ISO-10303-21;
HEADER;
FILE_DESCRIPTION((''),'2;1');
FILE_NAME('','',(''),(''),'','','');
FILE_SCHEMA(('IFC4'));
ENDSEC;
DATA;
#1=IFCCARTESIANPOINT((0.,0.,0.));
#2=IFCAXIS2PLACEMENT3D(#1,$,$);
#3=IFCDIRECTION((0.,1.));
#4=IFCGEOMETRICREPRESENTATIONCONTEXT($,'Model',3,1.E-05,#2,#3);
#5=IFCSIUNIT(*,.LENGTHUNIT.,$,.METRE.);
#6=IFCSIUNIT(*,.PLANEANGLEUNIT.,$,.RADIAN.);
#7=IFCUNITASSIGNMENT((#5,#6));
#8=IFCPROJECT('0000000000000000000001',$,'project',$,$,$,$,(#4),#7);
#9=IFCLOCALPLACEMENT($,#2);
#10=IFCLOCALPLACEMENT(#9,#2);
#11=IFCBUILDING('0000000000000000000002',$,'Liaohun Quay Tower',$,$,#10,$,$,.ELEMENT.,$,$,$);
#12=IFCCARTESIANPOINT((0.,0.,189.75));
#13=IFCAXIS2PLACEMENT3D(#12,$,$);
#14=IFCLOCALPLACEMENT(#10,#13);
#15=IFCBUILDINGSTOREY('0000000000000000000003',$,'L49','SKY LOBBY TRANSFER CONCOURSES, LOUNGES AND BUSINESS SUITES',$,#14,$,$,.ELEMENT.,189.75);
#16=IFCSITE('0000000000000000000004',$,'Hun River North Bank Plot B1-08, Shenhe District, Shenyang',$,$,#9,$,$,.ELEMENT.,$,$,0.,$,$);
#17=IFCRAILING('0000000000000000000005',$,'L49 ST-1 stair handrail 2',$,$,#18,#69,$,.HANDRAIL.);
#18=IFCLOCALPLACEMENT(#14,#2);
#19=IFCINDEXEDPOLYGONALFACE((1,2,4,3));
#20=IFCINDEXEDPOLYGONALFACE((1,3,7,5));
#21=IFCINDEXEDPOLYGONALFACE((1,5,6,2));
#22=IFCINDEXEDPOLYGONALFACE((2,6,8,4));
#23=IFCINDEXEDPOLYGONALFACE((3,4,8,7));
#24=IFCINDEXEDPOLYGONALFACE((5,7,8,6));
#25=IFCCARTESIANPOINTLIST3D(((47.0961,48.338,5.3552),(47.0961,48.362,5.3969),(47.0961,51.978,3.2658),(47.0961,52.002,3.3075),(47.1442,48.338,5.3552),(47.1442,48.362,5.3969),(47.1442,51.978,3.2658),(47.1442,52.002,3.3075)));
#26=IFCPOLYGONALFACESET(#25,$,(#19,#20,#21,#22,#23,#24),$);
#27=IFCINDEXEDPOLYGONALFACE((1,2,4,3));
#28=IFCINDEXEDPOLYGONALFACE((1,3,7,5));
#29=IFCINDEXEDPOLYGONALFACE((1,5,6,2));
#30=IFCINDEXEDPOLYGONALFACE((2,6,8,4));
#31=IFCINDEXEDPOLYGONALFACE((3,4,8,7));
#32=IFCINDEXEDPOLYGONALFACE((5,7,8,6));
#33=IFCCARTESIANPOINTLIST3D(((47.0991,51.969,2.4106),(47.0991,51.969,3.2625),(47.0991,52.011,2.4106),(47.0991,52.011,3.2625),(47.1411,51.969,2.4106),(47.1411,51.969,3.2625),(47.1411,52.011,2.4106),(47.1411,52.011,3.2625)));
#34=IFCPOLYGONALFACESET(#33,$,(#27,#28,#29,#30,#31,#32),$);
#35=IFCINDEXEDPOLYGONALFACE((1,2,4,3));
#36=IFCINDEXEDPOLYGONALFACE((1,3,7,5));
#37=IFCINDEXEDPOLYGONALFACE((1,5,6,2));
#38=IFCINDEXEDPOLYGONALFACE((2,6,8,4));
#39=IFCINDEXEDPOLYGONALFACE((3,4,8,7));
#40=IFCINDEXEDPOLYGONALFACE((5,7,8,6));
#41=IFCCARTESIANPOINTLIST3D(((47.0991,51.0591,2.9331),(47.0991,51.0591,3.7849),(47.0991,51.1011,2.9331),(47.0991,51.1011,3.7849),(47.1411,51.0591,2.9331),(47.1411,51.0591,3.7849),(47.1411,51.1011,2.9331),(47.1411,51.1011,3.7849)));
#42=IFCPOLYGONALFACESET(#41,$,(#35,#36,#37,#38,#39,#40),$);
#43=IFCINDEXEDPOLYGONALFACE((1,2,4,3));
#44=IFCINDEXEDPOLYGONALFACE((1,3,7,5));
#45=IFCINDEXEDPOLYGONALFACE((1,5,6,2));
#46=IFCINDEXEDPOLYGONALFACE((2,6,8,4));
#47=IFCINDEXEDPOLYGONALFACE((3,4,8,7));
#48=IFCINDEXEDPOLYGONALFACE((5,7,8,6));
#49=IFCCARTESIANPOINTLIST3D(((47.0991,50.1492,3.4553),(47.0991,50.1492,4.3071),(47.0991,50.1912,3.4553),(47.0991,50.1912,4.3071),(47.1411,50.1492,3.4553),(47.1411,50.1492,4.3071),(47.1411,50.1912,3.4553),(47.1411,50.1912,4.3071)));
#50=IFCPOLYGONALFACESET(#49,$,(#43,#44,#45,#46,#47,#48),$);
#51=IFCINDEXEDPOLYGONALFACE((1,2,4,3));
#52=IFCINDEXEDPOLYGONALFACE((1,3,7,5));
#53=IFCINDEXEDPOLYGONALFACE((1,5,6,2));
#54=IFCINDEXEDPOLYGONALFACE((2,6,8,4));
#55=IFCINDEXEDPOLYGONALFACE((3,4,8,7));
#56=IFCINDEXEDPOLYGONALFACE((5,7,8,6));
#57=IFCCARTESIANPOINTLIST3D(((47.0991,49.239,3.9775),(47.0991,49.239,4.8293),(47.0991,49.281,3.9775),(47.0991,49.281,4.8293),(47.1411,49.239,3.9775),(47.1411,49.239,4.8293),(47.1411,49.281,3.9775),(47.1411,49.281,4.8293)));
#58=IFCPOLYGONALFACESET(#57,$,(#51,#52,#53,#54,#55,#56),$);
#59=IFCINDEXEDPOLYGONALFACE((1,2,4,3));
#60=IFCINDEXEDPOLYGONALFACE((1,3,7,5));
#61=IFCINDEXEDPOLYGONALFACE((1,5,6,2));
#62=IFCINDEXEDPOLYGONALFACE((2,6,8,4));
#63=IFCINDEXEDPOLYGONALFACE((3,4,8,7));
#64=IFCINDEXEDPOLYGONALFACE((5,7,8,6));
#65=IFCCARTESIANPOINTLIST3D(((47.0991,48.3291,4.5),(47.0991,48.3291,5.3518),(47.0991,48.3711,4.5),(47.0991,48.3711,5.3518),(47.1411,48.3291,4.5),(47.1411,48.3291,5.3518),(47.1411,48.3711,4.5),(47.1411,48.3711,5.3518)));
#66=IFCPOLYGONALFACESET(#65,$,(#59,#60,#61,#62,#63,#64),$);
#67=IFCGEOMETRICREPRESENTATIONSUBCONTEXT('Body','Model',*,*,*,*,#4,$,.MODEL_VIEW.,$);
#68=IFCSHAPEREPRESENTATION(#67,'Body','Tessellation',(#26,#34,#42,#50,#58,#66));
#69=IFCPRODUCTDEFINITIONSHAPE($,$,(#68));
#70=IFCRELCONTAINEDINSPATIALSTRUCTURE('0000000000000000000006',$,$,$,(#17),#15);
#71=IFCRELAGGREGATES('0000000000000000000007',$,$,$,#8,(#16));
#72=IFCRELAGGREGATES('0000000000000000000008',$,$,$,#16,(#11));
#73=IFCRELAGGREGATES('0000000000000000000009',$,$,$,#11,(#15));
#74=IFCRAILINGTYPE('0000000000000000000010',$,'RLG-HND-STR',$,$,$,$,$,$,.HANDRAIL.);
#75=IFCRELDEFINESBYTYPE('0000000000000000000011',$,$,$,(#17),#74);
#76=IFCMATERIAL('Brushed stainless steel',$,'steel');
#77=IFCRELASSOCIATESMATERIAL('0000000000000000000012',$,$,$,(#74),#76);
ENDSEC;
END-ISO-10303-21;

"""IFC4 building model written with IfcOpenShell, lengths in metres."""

from ifc_helpers import new_model, si_unit, direction, frame, origin, origin_2d, place, context, subcontext, project, spatial, rectangle, extrude, material, type_object, element, save


model = new_model("IFC4")

# Units and contexts
model_context = context("Model", 3, precision=1e-05, world=origin(), true_north=direction((0.0, 1.0)))
body_context = subcontext(model_context, "Body", "Model", "MODEL_VIEW")
ifc_project = project(units=[si_unit("LENGTHUNIT", "METRE"), si_unit("PLANEANGLEUNIT", "RADIAN")], contexts=[model_context])

# Site, building, storey
site_placement = place(None, origin())
site = spatial("IfcSite", under=ifc_project, at=site_placement, Name="Hun River North Bank Plot B1-08, Shenhe District, Shenyang", CompositionType="ELEMENT", RefElevation=0.0)
building_placement = place(site_placement, origin())
building = spatial("IfcBuilding", under=site, at=building_placement, Name="Liaohun Quay Tower", CompositionType="ELEMENT")
storey_placement = place(building_placement, frame((0.0, 0.0, 189.75)))
storey = spatial("IfcBuildingStorey", under=building, at=storey_placement, Name="L49", Description="SKY LOBBY TRANSFER CONCOURSES, LOUNGES AND BUSINESS SUITES", CompositionType="ELEMENT", Elevation=189.75)

# Railing
ifc_material_1 = material(Name="Brushed stainless steel", Category="steel")
railing_type = type_object("IfcRailingType", Name="RLG-HND-STR", PredefinedType="HANDRAIL", material=ifc_material_1)
railing_placement = place(storey_placement, frame((47.1201, 51.99, 2.4106)))
element("IfcRailing", 1, at=railing_placement, inside=storey, type_object=railing_type, Name="L49 ST-1 stair handrail 2", PredefinedType="HANDRAIL", context=body_context, shape_type="SweptSolid", body=[
    extrude(rectangle(XDim=0.0481, YDim=0.0481, at=origin_2d()), frame((0.0, 0.0, 0.876), z_axis=(0.0, -0.867275, 0.497829), x_axis=(1.0, 0.0, 0.0)), (0.0, 0.0, 1.0), 4.197),
    extrude(rectangle(XDim=0.042, YDim=0.042, at=origin_2d()), origin(), (0.0, 0.0, 1.0), 0.8518),
    extrude(rectangle(XDim=0.042, YDim=0.042, at=origin_2d()), frame((0.0, -0.9099, 0.5225)), (0.0, 0.0, 1.0), 0.8518),
    extrude(rectangle(XDim=0.042, YDim=0.042, at=origin_2d()), frame((0.0, -1.8198, 1.0447)), (0.0, 0.0, 1.0), 0.8518),
    extrude(rectangle(XDim=0.042, YDim=0.042, at=origin_2d()), frame((0.0, -2.73, 1.5669)), (0.0, 0.0, 1.0), 0.8518),
    extrude(rectangle(XDim=0.042, YDim=0.042, at=origin_2d()), frame((0.0, -3.6399, 2.0894)), (0.0, 0.0, 1.0), 0.8518),
])

save(model, "model.ifc")
